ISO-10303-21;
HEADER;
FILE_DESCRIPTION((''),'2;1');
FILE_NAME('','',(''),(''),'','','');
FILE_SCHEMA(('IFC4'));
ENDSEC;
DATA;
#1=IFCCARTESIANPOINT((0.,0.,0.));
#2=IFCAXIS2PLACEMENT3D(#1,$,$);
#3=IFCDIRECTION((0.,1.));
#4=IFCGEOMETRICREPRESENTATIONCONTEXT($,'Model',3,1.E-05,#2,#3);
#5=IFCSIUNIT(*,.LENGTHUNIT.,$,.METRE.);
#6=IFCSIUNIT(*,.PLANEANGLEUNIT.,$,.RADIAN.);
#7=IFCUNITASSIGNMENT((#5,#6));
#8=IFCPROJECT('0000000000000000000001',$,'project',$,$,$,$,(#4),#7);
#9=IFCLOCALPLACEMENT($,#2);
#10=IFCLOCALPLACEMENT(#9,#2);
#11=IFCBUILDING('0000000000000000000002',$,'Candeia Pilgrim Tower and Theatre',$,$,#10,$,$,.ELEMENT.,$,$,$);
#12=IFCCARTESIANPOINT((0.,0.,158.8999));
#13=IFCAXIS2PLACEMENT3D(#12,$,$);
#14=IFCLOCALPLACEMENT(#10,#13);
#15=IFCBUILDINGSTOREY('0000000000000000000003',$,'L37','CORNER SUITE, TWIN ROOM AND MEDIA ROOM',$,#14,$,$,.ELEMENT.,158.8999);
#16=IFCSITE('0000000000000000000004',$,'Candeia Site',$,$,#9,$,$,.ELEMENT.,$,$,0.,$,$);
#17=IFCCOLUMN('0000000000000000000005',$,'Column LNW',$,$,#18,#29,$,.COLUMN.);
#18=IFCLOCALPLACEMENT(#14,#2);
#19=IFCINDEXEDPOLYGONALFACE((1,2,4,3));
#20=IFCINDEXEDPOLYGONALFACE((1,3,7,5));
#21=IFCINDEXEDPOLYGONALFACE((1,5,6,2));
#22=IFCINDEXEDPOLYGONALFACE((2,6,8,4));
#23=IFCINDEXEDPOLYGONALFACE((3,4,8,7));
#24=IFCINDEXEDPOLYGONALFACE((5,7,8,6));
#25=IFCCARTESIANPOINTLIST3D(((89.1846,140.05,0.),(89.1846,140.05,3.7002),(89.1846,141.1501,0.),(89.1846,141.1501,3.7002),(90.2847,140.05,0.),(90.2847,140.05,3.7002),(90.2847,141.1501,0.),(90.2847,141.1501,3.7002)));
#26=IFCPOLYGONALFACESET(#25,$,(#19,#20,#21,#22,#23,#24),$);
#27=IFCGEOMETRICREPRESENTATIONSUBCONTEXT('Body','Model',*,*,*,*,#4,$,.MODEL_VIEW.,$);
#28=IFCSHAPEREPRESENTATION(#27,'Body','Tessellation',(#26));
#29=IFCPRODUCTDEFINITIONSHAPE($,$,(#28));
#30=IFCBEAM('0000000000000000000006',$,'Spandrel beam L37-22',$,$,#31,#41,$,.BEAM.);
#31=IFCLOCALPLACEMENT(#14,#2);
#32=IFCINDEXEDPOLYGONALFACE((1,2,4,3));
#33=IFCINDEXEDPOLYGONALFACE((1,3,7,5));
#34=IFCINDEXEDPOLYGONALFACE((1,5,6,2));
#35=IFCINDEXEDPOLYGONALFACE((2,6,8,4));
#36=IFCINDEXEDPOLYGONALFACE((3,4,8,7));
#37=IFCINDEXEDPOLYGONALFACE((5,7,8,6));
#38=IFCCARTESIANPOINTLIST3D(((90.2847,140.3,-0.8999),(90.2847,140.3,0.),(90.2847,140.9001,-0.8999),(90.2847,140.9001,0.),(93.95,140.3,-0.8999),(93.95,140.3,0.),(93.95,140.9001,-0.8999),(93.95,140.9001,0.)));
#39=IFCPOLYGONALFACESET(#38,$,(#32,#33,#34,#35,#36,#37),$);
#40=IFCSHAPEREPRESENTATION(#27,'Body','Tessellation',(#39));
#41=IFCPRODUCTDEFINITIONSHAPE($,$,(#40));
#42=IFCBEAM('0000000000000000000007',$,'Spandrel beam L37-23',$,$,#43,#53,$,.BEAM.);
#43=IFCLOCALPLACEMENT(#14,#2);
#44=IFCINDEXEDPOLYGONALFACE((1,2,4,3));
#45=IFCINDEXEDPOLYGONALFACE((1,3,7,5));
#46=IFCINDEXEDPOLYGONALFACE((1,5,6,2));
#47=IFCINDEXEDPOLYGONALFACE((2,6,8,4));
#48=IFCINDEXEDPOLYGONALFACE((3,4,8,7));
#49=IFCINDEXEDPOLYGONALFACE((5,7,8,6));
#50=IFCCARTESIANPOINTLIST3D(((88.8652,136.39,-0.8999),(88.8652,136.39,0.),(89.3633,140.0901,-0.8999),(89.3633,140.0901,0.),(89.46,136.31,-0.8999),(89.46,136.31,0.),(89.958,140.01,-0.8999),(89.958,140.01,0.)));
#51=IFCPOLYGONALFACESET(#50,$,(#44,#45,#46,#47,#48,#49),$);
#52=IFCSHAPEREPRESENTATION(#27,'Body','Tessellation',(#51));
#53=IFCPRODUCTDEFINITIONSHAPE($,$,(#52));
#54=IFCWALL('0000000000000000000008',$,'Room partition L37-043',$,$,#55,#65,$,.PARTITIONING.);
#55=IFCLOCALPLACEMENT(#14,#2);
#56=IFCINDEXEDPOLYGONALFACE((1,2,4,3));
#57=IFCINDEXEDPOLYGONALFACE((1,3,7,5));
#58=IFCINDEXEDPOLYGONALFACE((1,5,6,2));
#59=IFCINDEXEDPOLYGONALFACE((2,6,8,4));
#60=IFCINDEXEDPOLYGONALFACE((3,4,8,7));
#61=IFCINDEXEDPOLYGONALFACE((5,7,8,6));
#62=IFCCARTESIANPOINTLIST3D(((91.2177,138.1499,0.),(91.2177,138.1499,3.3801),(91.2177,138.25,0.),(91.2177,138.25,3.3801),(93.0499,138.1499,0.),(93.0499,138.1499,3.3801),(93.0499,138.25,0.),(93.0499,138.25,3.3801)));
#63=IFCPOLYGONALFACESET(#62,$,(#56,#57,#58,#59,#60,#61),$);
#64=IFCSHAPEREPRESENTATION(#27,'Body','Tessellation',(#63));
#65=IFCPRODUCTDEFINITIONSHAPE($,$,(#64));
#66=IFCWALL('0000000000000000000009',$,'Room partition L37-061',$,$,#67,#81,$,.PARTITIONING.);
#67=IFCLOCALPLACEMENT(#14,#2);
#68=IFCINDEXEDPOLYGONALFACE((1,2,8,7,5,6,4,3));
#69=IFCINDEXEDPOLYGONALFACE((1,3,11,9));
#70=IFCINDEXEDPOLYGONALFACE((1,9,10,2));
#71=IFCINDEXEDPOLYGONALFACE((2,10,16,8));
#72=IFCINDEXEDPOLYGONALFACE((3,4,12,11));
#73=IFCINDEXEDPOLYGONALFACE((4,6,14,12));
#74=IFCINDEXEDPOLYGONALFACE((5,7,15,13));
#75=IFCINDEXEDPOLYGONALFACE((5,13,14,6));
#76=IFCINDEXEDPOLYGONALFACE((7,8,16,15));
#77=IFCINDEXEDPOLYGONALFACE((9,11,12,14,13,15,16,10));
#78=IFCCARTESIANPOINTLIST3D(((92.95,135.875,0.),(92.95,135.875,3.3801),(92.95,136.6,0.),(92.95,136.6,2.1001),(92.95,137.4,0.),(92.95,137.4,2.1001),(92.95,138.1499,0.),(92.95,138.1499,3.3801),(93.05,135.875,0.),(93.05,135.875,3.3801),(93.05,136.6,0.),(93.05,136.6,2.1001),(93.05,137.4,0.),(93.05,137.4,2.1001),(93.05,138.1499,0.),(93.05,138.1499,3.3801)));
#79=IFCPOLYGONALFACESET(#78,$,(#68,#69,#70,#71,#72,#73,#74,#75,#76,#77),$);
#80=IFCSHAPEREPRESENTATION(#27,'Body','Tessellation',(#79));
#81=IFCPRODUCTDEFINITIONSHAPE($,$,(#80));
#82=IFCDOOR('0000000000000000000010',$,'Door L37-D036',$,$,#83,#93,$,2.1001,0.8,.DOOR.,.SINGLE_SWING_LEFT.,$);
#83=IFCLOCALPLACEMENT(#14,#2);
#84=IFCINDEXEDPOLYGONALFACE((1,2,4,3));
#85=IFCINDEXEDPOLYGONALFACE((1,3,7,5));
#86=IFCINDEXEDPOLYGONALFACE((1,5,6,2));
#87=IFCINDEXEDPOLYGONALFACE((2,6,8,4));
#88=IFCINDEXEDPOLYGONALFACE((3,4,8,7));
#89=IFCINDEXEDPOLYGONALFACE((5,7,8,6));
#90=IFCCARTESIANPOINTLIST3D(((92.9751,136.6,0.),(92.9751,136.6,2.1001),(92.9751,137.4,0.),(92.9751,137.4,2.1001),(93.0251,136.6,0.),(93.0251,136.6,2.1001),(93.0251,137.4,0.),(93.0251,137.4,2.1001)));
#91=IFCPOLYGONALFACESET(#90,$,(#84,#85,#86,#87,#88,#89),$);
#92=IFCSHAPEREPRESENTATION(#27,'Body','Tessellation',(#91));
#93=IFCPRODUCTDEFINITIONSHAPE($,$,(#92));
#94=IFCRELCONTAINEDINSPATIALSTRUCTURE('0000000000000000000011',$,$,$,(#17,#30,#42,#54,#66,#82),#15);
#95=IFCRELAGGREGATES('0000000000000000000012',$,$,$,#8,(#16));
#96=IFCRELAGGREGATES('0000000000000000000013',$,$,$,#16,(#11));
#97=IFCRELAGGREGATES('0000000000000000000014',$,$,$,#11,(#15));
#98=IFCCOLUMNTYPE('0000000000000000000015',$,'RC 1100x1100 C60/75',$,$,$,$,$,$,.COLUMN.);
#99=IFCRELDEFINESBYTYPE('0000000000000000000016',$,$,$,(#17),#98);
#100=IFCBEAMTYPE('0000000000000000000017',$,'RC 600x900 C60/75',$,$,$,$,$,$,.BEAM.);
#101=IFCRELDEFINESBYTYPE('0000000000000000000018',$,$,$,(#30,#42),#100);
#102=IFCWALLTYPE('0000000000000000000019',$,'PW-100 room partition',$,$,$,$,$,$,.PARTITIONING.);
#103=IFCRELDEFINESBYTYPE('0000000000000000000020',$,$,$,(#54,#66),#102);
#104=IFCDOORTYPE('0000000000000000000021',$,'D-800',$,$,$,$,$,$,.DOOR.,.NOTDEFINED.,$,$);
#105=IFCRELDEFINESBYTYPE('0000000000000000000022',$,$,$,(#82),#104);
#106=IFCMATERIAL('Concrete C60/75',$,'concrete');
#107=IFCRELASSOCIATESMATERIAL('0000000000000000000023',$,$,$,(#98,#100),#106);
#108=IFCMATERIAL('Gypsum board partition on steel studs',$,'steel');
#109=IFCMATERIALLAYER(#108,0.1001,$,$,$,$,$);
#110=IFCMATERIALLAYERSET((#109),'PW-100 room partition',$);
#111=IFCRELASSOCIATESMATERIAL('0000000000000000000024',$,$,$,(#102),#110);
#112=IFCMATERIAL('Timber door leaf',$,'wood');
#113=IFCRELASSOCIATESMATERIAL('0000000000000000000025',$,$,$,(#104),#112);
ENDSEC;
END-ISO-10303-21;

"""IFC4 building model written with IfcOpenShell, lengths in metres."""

from ifc_helpers import new_model, si_unit, direction, frame, frame_2d, origin, origin_2d, place, context, subcontext, project, spatial, rectangle, extrude, material, layer, layer_set, material_profile, profile_set, type_object, element, fill, save


model = new_model("IFC4")

# Units and contexts
model_context = context("Model", 3, precision=1e-05, world=origin(), true_north=direction((0.0, 1.0)))
body_context = subcontext(model_context, "Body", "Model", "MODEL_VIEW")
ifc_project = project(units=[si_unit("LENGTHUNIT", "METRE"), si_unit("PLANEANGLEUNIT", "RADIAN")], contexts=[model_context])

# Site, building, storey
site_placement = place(None, origin())
site = spatial("IfcSite", under=ifc_project, at=site_placement, Name="Candeia Site", CompositionType="ELEMENT", RefElevation=0.0)
building_placement = place(site_placement, origin())
building = spatial("IfcBuilding", under=site, at=building_placement, Name="Candeia Pilgrim Tower and Theatre", CompositionType="ELEMENT")
storey_placement = place(building_placement, frame((0.0, 0.0, 158.8999)))
storey = spatial("IfcBuildingStorey", under=building, at=storey_placement, Name="L37", Description="CORNER SUITE, TWIN ROOM AND MEDIA ROOM", CompositionType="ELEMENT", Elevation=158.8999)

# Column
ifc_material_1 = material(Name="Concrete C60/75", Category="concrete")
ifc_material_profile_1 = material_profile(ifc_material_1, rectangle(XDim=1.1001, YDim=1.1001, at=origin_2d()))
ifc_profile_set_1 = profile_set([ifc_material_profile_1], Name="Concrete C60/75")
column_type = type_object("IfcColumnType", Name="RC 1100x1100 C60/75", PredefinedType="COLUMN", material=ifc_profile_set_1)
column_placement = place(storey_placement, frame((89.7346, 140.6001, 0.0), z_axis=(0.0, 0.0, 1.0), x_axis=(1.0, 0.0, 0.0)))
element("IfcColumn", 1, at=column_placement, inside=storey, type_object=column_type, Name="Column LNW", PredefinedType="COLUMN", context=body_context, shape_type="SweptSolid", body=[
    extrude(rectangle(XDim=1.1001, YDim=1.1001, at=origin_2d()), origin(), (0.0, 0.0, 1.0), 3.7002),
])

# Beams
ifc_material_profile_2 = material_profile(ifc_material_1, rectangle(XDim=0.6001, YDim=0.8999, at=origin_2d()))
ifc_profile_set_2 = profile_set([ifc_material_profile_2], Name="Concrete C60/75")
beam_type = type_object("IfcBeamType", Name="RC 600x900 C60/75", PredefinedType="BEAM", material=ifc_profile_set_2)
beam_1_placement = place(storey_placement, frame((93.95, 140.6001, -0.45), z_axis=(-1.0, 0.0, 0.0), x_axis=(0.0, -1.0, 0.0)))
element("IfcBeam", 2, at=beam_1_placement, inside=storey, type_object=beam_type, Name="Spandrel beam L37-22", PredefinedType="BEAM", context=body_context, shape_type="SweptSolid", body=[
    extrude(rectangle(XDim=0.6001, YDim=0.8999, at=origin_2d()), origin(), (0.0, 0.0, 1.0), 3.6653),
])
beam_2_placement = place(storey_placement, frame((89.6606, 140.05, -0.45), z_axis=(-0.133406, -0.991061, 0.0), x_axis=(0.991061, -0.133406, 0.0)))
element("IfcBeam", 3, at=beam_2_placement, inside=storey, type_object=beam_type, Name="Spandrel beam L37-23", PredefinedType="BEAM", context=body_context, shape_type="SweptSolid", body=[
    extrude(rectangle(XDim=0.6001, YDim=0.8999, at=origin_2d()), origin(), (0.0, 0.0, 1.0), 3.7334),
])

# Wall
ifc_material_2 = material(Name="Gypsum board partition on steel studs", Category="steel")
ifc_layer_1 = layer(ifc_material_2, 0.1001)
ifc_layer_set_1 = layer_set([ifc_layer_1], Name="PW-100 room partition")
wall_type_1 = type_object("IfcWallType", Name="PW-100 room partition", PredefinedType="PARTITIONING", material=ifc_layer_set_1)
wall_1_placement = place(storey_placement, frame((91.2178, 138.2, 0.0), z_axis=(0.0, 0.0, 1.0), x_axis=(1.0, 0.0, 0.0)))
element("IfcWall", 4, at=wall_1_placement, inside=storey, type_object=wall_type_1, Name="Room partition L37-043", PredefinedType="PARTITIONING", context=body_context, shape_type="SweptSolid", body=[
    extrude(rectangle(XDim=1.8323, YDim=0.1001, at=frame_2d((0.916, 0.0))), origin(), (0.0, 0.0, 1.0), 3.3801),
])

# Wall, opening, door
wall_2_placement = place(storey_placement, frame((93.0, 135.875, 0.0), z_axis=(0.0, 0.0, 1.0), x_axis=(0.0, 1.0, 0.0)))
wall_2 = element("IfcWall", 5, at=wall_2_placement, inside=storey, type_object=wall_type_1, Name="Room partition L37-061", PredefinedType="PARTITIONING", context=body_context, shape_type="SweptSolid", body=[
    extrude(rectangle(XDim=2.2749, YDim=0.1001, at=frame_2d((1.1375, 0.0))), origin(), (0.0, 0.0, 1.0), 3.3801),
])
opening_1_placement = place(wall_2_placement, frame((0.7251, 0.0, 0.0)))
opening_1 = element("IfcOpeningElement", 6, at=opening_1_placement, cuts=wall_2, PredefinedType="OPENING", context=body_context, shape_type="SweptSolid", body=[
    extrude(rectangle(XDim=0.8, YDim=2.1001, at=frame_2d((0.3999, 1.05))), frame((0.0, 0.0601, 0.0), z_axis=(0.0, -1.0, 0.0), x_axis=(1.0, 0.0, 0.0)), (0.0, 0.0, 1.0), 0.1201),
])
ifc_material_3 = material(Name="Timber door leaf", Category="wood")
door_type_1 = type_object("IfcDoorType", Name="D-800", OperationType="NOTDEFINED", PredefinedType="DOOR", material=ifc_material_3)
door_1_placement = place(opening_1_placement, origin())
door_1 = element("IfcDoor", 7, at=door_1_placement, inside=storey, type_object=door_type_1, Name="Door L37-D036", OperationType="SINGLE_SWING_LEFT", OverallHeight=2.1001, OverallWidth=0.8, PredefinedType="DOOR", context=body_context, shape_type="SweptSolid", body=[
    extrude(rectangle(XDim=0.8, YDim=2.1001, at=frame_2d((0.3999, 1.05))), frame((0.0, 0.0249, 0.0), z_axis=(0.0, -1.0, 0.0), x_axis=(1.0, 0.0, 0.0)), (0.0, 0.0, 1.0), 0.05),
])
fill(opening_1, door_1)

save(model, "model.ifc")
